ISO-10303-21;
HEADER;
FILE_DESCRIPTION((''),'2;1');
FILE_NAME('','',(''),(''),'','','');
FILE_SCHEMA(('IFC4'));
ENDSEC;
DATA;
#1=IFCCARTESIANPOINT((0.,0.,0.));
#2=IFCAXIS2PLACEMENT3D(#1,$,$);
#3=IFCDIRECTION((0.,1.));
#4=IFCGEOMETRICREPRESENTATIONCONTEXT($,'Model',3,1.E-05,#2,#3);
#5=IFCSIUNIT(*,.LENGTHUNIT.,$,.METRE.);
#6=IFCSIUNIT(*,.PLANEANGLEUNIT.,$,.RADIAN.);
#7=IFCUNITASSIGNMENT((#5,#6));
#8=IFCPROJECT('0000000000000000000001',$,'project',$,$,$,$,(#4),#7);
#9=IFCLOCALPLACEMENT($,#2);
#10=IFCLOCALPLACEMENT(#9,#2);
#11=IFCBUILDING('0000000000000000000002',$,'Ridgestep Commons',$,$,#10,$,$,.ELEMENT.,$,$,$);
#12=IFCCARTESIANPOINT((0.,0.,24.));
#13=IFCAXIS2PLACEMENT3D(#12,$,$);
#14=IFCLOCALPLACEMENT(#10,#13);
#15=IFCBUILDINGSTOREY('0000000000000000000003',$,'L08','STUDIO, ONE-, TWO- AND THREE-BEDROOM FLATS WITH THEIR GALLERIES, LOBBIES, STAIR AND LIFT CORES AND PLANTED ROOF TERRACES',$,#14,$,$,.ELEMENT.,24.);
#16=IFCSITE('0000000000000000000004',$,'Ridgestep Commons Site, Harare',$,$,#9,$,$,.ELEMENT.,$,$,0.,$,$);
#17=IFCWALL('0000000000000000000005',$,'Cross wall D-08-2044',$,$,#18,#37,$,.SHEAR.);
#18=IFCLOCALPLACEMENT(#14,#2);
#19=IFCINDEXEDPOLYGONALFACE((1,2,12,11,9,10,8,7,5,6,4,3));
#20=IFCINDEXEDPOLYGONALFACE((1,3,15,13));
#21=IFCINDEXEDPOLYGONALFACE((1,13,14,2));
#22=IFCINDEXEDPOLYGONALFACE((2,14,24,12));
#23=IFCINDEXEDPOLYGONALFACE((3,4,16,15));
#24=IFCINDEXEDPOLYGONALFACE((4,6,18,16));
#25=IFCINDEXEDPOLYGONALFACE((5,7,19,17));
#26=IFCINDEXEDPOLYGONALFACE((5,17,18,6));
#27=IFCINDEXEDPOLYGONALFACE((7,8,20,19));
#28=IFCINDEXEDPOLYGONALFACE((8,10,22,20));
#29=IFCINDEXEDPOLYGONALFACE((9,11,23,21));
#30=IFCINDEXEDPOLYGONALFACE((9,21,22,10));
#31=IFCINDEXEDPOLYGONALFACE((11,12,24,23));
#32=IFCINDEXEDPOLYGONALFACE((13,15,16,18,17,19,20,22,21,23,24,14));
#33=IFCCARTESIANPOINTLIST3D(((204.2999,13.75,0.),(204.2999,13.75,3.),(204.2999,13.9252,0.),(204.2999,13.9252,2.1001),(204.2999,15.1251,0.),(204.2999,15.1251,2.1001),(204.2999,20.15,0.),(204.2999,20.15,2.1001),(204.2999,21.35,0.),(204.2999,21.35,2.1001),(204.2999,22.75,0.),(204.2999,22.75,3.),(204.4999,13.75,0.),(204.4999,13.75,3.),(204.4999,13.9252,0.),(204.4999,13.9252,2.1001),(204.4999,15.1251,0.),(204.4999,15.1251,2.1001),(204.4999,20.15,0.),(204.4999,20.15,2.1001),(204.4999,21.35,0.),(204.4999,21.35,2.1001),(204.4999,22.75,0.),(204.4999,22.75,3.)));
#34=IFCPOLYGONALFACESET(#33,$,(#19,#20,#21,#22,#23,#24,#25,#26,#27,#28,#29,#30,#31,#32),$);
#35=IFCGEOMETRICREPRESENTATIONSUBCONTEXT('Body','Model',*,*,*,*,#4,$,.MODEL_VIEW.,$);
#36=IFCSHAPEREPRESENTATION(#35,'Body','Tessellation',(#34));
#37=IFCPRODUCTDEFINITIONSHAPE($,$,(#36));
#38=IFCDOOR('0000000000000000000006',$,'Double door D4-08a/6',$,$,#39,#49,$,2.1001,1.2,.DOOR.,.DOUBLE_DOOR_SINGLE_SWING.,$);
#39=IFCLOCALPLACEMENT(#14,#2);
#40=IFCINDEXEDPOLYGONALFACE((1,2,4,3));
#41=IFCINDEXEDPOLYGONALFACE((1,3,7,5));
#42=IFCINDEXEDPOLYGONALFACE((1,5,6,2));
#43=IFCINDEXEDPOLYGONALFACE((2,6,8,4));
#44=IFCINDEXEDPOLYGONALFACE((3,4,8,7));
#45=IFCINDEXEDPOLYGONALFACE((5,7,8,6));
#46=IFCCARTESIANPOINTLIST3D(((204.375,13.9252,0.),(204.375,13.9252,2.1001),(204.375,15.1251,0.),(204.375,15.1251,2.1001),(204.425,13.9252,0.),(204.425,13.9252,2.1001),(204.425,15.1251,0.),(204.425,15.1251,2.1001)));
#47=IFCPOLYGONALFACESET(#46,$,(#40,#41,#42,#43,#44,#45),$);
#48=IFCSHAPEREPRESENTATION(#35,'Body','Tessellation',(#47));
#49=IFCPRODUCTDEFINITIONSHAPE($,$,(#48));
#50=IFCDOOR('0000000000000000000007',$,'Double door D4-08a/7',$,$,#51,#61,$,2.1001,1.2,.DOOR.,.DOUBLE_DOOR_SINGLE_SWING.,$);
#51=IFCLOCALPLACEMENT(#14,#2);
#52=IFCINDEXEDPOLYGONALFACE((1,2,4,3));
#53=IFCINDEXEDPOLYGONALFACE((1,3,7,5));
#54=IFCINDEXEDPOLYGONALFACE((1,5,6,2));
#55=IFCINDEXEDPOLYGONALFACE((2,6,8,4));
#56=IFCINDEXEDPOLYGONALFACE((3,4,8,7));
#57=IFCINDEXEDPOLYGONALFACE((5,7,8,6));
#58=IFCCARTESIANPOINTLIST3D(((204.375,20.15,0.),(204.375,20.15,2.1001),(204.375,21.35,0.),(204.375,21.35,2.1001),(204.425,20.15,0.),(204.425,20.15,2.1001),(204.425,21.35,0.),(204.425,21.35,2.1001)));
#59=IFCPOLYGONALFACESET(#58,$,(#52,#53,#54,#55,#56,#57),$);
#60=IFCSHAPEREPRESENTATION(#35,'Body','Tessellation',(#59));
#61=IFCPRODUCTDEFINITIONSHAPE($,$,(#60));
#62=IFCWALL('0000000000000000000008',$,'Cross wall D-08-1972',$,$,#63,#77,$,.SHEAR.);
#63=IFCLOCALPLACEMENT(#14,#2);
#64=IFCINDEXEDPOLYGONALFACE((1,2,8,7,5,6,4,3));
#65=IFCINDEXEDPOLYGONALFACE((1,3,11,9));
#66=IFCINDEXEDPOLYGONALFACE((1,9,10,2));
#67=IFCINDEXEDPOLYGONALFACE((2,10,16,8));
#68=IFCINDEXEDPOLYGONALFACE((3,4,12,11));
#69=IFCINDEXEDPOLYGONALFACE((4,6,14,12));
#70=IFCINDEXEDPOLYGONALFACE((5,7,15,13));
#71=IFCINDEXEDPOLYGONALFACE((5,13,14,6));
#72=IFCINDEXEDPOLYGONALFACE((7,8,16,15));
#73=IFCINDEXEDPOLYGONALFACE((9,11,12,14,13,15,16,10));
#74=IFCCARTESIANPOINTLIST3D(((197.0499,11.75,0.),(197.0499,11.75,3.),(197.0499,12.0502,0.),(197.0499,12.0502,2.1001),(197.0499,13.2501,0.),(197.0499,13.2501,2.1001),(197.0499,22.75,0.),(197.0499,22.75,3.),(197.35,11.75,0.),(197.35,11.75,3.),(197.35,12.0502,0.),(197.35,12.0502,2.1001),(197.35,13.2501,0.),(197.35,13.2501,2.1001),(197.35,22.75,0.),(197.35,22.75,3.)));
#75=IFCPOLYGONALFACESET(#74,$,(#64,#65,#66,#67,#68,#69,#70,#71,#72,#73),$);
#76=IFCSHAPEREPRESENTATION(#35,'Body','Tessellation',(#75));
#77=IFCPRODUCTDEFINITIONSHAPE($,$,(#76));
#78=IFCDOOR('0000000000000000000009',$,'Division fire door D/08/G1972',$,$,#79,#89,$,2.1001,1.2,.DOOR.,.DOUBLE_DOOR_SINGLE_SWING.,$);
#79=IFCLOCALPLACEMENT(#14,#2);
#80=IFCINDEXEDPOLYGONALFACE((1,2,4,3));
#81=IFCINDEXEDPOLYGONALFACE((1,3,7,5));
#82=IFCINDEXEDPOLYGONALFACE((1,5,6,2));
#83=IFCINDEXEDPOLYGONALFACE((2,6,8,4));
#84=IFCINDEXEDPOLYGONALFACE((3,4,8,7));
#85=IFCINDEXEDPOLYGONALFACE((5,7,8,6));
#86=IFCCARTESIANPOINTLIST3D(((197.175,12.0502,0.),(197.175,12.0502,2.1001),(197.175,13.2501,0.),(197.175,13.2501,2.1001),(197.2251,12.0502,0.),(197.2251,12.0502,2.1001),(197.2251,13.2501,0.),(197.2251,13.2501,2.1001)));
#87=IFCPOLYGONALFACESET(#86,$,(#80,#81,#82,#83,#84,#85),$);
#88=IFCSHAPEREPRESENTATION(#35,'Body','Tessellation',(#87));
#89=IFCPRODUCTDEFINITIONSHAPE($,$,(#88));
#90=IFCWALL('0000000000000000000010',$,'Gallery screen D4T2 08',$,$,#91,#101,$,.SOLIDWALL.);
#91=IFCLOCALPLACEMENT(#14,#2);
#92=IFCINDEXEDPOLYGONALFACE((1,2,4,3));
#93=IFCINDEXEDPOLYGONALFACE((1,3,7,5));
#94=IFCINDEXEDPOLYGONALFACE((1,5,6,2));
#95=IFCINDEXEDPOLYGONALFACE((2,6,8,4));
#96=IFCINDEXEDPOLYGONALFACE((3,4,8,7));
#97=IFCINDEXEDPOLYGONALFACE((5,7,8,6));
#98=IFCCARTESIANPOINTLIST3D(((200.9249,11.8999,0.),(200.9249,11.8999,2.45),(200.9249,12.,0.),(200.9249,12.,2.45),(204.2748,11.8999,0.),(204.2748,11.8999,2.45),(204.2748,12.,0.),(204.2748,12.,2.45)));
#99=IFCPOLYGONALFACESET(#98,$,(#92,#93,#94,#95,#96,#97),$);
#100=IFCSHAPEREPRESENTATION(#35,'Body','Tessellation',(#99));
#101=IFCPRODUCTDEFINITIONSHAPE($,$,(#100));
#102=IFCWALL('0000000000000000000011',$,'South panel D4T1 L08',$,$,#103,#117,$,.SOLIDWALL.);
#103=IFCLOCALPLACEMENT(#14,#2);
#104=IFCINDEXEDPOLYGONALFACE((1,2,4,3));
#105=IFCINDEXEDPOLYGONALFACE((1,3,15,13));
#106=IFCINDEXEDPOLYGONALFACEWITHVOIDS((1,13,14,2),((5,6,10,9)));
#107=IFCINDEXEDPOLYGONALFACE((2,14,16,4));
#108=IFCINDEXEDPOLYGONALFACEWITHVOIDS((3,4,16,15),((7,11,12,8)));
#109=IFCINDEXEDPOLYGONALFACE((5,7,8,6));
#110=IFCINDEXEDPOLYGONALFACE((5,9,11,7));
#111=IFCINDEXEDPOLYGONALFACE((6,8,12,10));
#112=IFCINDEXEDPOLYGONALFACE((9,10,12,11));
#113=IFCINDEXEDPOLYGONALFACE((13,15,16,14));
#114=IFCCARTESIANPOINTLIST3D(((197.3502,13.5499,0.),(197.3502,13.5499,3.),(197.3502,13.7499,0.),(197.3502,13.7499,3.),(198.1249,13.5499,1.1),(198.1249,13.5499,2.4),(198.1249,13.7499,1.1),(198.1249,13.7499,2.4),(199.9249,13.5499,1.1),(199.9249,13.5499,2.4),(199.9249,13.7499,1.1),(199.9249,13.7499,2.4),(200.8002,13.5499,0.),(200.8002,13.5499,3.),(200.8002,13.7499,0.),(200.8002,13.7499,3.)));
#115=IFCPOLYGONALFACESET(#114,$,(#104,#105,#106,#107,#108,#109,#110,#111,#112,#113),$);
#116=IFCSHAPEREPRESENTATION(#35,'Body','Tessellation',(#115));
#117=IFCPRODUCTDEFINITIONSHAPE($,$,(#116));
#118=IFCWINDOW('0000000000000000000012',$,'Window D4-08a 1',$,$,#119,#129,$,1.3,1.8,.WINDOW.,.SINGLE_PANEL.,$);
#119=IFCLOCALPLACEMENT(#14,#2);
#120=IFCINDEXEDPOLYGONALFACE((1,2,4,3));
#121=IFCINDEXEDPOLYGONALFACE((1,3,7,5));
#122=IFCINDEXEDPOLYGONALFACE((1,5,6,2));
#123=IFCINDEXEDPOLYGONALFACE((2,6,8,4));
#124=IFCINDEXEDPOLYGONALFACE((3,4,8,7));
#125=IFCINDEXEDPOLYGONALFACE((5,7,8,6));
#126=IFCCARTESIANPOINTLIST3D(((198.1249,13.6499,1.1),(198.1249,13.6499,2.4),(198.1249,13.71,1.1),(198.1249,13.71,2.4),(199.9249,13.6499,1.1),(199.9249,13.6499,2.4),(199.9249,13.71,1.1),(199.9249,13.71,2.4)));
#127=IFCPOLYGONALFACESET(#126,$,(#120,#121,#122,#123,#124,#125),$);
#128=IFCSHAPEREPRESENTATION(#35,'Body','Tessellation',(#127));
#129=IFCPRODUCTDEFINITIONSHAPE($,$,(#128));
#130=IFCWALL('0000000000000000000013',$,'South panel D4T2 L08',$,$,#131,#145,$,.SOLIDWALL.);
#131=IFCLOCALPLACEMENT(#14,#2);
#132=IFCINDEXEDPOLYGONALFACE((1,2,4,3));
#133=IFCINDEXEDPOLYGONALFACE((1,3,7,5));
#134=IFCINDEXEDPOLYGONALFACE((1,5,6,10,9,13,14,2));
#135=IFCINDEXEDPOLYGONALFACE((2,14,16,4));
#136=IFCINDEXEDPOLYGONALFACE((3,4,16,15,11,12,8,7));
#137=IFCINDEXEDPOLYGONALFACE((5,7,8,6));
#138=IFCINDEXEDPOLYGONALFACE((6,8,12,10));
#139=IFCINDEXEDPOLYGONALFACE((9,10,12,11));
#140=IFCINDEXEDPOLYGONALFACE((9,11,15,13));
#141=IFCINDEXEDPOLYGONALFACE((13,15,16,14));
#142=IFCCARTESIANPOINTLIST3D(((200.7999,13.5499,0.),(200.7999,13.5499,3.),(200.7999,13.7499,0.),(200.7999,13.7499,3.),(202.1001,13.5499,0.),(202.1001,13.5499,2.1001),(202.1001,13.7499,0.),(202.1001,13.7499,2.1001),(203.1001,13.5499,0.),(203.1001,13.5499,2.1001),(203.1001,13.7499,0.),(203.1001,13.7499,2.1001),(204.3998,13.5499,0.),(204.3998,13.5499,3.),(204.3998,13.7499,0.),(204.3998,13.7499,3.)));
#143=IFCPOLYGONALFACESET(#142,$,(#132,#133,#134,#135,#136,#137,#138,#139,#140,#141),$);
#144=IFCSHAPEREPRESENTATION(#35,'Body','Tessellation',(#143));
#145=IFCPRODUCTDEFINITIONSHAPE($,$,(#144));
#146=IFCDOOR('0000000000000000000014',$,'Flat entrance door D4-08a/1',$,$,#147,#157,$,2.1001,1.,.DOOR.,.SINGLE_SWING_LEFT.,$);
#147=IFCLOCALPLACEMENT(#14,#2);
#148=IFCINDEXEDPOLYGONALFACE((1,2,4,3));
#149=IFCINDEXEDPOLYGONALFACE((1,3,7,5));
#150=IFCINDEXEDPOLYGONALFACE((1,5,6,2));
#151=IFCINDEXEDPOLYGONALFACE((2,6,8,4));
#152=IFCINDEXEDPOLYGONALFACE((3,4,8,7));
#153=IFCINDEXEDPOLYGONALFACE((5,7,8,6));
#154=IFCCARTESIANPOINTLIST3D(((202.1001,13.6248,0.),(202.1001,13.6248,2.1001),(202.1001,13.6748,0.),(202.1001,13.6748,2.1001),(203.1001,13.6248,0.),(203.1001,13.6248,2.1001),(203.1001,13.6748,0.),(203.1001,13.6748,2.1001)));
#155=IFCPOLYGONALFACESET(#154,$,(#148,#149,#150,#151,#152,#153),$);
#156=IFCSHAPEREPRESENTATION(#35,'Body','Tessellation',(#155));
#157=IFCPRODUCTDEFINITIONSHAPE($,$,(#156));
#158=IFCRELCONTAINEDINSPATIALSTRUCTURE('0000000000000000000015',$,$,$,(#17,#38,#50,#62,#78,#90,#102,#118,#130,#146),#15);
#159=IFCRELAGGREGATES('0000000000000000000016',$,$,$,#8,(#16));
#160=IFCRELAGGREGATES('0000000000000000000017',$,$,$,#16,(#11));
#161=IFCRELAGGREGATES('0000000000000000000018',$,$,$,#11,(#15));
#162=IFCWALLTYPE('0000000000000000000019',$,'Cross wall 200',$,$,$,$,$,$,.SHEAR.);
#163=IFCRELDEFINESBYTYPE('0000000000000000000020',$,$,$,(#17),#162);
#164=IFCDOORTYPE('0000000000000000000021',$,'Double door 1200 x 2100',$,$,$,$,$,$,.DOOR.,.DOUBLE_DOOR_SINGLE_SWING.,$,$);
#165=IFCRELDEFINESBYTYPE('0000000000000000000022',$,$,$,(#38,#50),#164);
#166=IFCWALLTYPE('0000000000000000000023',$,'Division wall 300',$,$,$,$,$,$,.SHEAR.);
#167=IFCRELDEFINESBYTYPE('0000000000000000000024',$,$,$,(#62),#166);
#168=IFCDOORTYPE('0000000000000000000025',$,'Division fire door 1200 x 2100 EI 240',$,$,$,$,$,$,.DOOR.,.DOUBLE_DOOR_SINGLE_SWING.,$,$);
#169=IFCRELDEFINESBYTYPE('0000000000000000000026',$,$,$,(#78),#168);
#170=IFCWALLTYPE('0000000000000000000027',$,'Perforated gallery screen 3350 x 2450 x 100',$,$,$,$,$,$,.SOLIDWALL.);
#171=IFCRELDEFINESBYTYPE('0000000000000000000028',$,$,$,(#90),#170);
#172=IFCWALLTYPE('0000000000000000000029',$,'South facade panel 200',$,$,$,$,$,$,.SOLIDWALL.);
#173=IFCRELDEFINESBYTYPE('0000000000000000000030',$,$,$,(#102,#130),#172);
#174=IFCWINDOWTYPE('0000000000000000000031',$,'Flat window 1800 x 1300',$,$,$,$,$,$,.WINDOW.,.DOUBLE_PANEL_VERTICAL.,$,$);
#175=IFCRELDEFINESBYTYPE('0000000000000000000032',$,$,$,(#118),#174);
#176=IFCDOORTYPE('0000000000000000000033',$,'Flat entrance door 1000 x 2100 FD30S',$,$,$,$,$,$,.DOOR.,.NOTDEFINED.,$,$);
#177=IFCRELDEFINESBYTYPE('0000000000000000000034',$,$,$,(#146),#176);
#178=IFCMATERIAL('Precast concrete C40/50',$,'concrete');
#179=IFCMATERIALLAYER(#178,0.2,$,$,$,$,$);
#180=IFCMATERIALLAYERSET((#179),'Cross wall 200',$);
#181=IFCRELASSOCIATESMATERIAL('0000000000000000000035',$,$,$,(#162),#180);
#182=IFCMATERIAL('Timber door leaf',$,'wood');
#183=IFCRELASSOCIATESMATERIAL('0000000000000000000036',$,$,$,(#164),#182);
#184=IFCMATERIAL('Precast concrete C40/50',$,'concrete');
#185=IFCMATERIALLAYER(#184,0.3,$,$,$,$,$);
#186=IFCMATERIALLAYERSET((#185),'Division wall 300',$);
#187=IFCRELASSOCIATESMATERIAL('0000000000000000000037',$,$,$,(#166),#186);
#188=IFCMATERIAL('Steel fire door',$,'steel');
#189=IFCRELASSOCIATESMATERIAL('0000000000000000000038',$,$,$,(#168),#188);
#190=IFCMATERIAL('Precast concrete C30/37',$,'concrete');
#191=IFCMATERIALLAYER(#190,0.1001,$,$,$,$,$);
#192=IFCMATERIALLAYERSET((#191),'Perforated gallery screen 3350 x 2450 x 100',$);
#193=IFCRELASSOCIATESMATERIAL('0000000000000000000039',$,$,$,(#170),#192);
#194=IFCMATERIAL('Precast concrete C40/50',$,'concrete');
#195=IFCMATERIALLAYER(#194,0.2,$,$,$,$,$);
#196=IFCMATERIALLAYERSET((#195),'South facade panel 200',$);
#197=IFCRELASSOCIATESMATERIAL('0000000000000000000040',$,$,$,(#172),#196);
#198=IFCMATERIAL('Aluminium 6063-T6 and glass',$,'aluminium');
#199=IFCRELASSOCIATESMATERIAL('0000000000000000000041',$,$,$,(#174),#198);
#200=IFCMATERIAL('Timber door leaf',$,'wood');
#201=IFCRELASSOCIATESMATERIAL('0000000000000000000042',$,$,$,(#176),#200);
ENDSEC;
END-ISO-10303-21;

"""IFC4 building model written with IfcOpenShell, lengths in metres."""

from ifc_helpers import new_model, si_unit, direction, frame, frame_2d, origin, place, context, subcontext, project, spatial, rectangle, extrude, material, layer, layer_set, type_object, element, fill, save


model = new_model("IFC4")

# Units and contexts
model_context = context("Model", 3, precision=1e-05, world=origin(), true_north=direction((0.0, 1.0)))
body_context = subcontext(model_context, "Body", "Model", "MODEL_VIEW")
ifc_project = project(units=[si_unit("LENGTHUNIT", "METRE"), si_unit("PLANEANGLEUNIT", "RADIAN")], contexts=[model_context])

# Site, building, storey
site_placement = place(None, origin())
site = spatial("IfcSite", under=ifc_project, at=site_placement, Name="Ridgestep Commons Site, Harare", CompositionType="ELEMENT", RefElevation=0.0)
building_placement = place(site_placement, origin())
building = spatial("IfcBuilding", under=site, at=building_placement, Name="Ridgestep Commons", CompositionType="ELEMENT")
storey_placement = place(building_placement, frame((0.0, 0.0, 24.0)))
storey = spatial("IfcBuildingStorey", under=building, at=storey_placement, Name="L08", Description="STUDIO, ONE-, TWO- AND THREE-BEDROOM FLATS WITH THEIR GALLERIES, LOBBIES, STAIR AND LIFT CORES AND PLANTED ROOF TERRACES", CompositionType="ELEMENT", Elevation=24.0)

# Wall, openings, doors
ifc_material_1 = material(Name="Precast concrete C40/50", Category="concrete")
ifc_layer_1 = layer(ifc_material_1, 0.2)
ifc_layer_set_1 = layer_set([ifc_layer_1], Name="Cross wall 200")
wall_type_1 = type_object("IfcWallType", Name="Cross wall 200", PredefinedType="SHEAR", material=ifc_layer_set_1)
ifc_material_2 = material(Name="Timber door leaf", Category="wood")
door_type_1 = type_object("IfcDoorType", Name="Double door 1200 x 2100", OperationType="DOUBLE_DOOR_SINGLE_SWING", PredefinedType="DOOR", material=ifc_material_2)
wall_1_placement = place(storey_placement, frame((204.3999, 13.75, 0.0), z_axis=(0.0, 0.0, 1.0), x_axis=(0.0, 1.0, 0.0)))
wall_1 = element("IfcWall", 1, at=wall_1_placement, inside=storey, type_object=wall_type_1, Name="Cross wall D-08-2044", PredefinedType="SHEAR", context=body_context, shape_type="SweptSolid", body=[
    extrude(rectangle(XDim=9.0, YDim=0.2, at=frame_2d((4.5, 0.0))), origin(), (0.0, 0.0, 1.0), 3.0),
])
opening_1_placement = place(wall_1_placement, frame((0.175, 0.0, 0.0)))
opening_1 = element("IfcOpeningElement", 2, at=opening_1_placement, cuts=wall_1, PredefinedType="OPENING", context=body_context, shape_type="SweptSolid", body=[
    extrude(rectangle(XDim=1.2, YDim=2.1001, at=frame_2d((0.6001, 1.05))), frame((0.0, 0.1099, 0.0), z_axis=(0.0, -1.0, 0.0), x_axis=(1.0, 0.0, 0.0)), (0.0, 0.0, 1.0), 0.22),
])
opening_2_placement = place(wall_1_placement, frame((6.3999, 0.0, 0.0)))
opening_2 = element("IfcOpeningElement", 3, at=opening_2_placement, cuts=wall_1, PredefinedType="OPENING", context=body_context, shape_type="SweptSolid", body=[
    extrude(rectangle(XDim=1.2, YDim=2.1001, at=frame_2d((0.6001, 1.05))), frame((0.0, 0.1099, 0.0), z_axis=(0.0, -1.0, 0.0), x_axis=(1.0, 0.0, 0.0)), (0.0, 0.0, 1.0), 0.22),
])
door_1_placement = place(opening_1_placement, origin())
door_1 = element("IfcDoor", 4, at=door_1_placement, inside=storey, type_object=door_type_1, Name="Double door D4-08a/6", OperationType="DOUBLE_DOOR_SINGLE_SWING", OverallHeight=2.1001, OverallWidth=1.2, PredefinedType="DOOR", context=body_context, shape_type="SweptSolid", body=[
    extrude(rectangle(XDim=1.2, YDim=2.1001, at=frame_2d((0.6001, 1.05))), frame((0.0, 0.0249, 0.0), z_axis=(0.0, -1.0, 0.0), x_axis=(1.0, 0.0, 0.0)), (0.0, 0.0, 1.0), 0.05),
])
fill(opening_1, door_1)
door_2_placement = place(opening_2_placement, origin())
door_2 = element("IfcDoor", 5, at=door_2_placement, inside=storey, type_object=door_type_1, Name="Double door D4-08a/7", OperationType="DOUBLE_DOOR_SINGLE_SWING", OverallHeight=2.1001, OverallWidth=1.2, PredefinedType="DOOR", context=body_context, shape_type="SweptSolid", body=[
    extrude(rectangle(XDim=1.2, YDim=2.1001, at=frame_2d((0.6001, 1.05))), frame((0.0, 0.0249, 0.0), z_axis=(0.0, -1.0, 0.0), x_axis=(1.0, 0.0, 0.0)), (0.0, 0.0, 1.0), 0.05),
])
fill(opening_2, door_2)

# Wall, opening, door
ifc_material_3 = material(Name="Precast concrete C40/50", Category="concrete")
ifc_layer_2 = layer(ifc_material_3, 0.3)
ifc_layer_set_2 = layer_set([ifc_layer_2], Name="Division wall 300")
wall_type_2 = type_object("IfcWallType", Name="Division wall 300", PredefinedType="SHEAR", material=ifc_layer_set_2)
wall_2_placement = place(storey_placement, frame((197.2, 11.75, 0.0), z_axis=(0.0, 0.0, 1.0), x_axis=(0.0, 1.0, 0.0)))
wall_2 = element("IfcWall", 6, at=wall_2_placement, inside=storey, type_object=wall_type_2, Name="Cross wall D-08-1972", PredefinedType="SHEAR", context=body_context, shape_type="SweptSolid", body=[
    extrude(rectangle(XDim=11.0, YDim=0.3, at=frame_2d((5.5, 0.0))), origin(), (0.0, 0.0, 1.0), 3.0),
])
opening_3_placement = place(wall_2_placement, frame((0.3, 0.0, 0.0)))
opening_3 = element("IfcOpeningElement", 7, at=opening_3_placement, cuts=wall_2, PredefinedType="OPENING", context=body_context, shape_type="SweptSolid", body=[
    extrude(rectangle(XDim=1.2, YDim=2.1001, at=frame_2d((0.6001, 1.05))), frame((0.0, 0.1599, 0.0), z_axis=(0.0, -1.0, 0.0), x_axis=(1.0, 0.0, 0.0)), (0.0, 0.0, 1.0), 0.3201),
])
ifc_material_4 = material(Name="Steel fire door", Category="steel")
door_type_2 = type_object("IfcDoorType", Name="Division fire door 1200 x 2100 EI 240", OperationType="DOUBLE_DOOR_SINGLE_SWING", PredefinedType="DOOR", material=ifc_material_4)
door_3_placement = place(opening_3_placement, origin())
door_3 = element("IfcDoor", 8, at=door_3_placement, inside=storey, type_object=door_type_2, Name="Division fire door D/08/G1972", OperationType="DOUBLE_DOOR_SINGLE_SWING", OverallHeight=2.1001, OverallWidth=1.2, PredefinedType="DOOR", context=body_context, shape_type="SweptSolid", body=[
    extrude(rectangle(XDim=1.2, YDim=2.1001, at=frame_2d((0.6001, 1.05))), frame((0.0, 0.0249, 0.0), z_axis=(0.0, -1.0, 0.0), x_axis=(1.0, 0.0, 0.0)), (0.0, 0.0, 1.0), 0.05),
])
fill(opening_3, door_3)

# Wall
ifc_material_5 = material(Name="Precast concrete C30/37", Category="concrete")
ifc_layer_3 = layer(ifc_material_5, 0.1001)
ifc_layer_set_3 = layer_set([ifc_layer_3], Name="Perforated gallery screen 3350 x 2450 x 100")
wall_type_3 = type_object("IfcWallType", Name="Perforated gallery screen 3350 x 2450 x 100", PredefinedType="SOLIDWALL", material=ifc_layer_set_3)
wall_3_placement = place(storey_placement, frame((200.925, 11.95, 0.0), z_axis=(0.0, 0.0, 1.0), x_axis=(1.0, 0.0, 0.0)))
element("IfcWall", 9, at=wall_3_placement, inside=storey, type_object=wall_type_3, Name="Gallery screen D4T2 08", PredefinedType="SOLIDWALL", context=body_context, shape_type="SweptSolid", body=[
    extrude(rectangle(XDim=3.3499, YDim=0.1001, at=frame_2d((1.6748, 0.0))), origin(), (0.0, 0.0, 1.0), 2.45),
])

# Wall, opening, window
ifc_material_6 = material(Name="Precast concrete C40/50", Category="concrete")
ifc_layer_4 = layer(ifc_material_6, 0.2)
ifc_layer_set_4 = layer_set([ifc_layer_4], Name="South facade panel 200")
wall_type_4 = type_object("IfcWallType", Name="South facade panel 200", PredefinedType="SOLIDWALL", material=ifc_layer_set_4)
wall_4_placement = place(storey_placement, frame((197.3501, 13.6499, 0.0), z_axis=(0.0, 0.0, 1.0), x_axis=(1.0, 0.0, 0.0)))
wall_4 = element("IfcWall", 10, at=wall_4_placement, inside=storey, type_object=wall_type_4, Name="South panel D4T1 L08", PredefinedType="SOLIDWALL", context=body_context, shape_type="SweptSolid", body=[
    extrude(rectangle(XDim=3.45, YDim=0.2, at=frame_2d((1.7251, 0.0))), origin(), (0.0, 0.0, 1.0), 3.0),
])
opening_4_placement = place(wall_4_placement, frame((0.7749, 0.0, 1.1001)))
opening_4 = element("IfcOpeningElement", 11, at=opening_4_placement, cuts=wall_4, PredefinedType="OPENING", context=body_context, shape_type="SweptSolid", body=[
    extrude(rectangle(XDim=1.8, YDim=1.3, at=frame_2d((0.8999, 0.6499))), frame((0.0, 0.1099, 0.0), z_axis=(0.0, -1.0, 0.0), x_axis=(1.0, 0.0, 0.0)), (0.0, 0.0, 1.0), 0.22),
])
ifc_material_7 = material(Name="Aluminium 6063-T6 and glass", Category="aluminium")
window_type = type_object("IfcWindowType", Name="Flat window 1800 x 1300", PartitioningType="DOUBLE_PANEL_VERTICAL", PredefinedType="WINDOW", material=ifc_material_7)
window_1_placement = place(opening_4_placement, origin())
window_1 = element("IfcWindow", 12, at=window_1_placement, inside=storey, type_object=window_type, Name="Window D4-08a 1", OverallHeight=1.3, OverallWidth=1.8, PartitioningType="SINGLE_PANEL", PredefinedType="WINDOW", context=body_context, shape_type="SweptSolid", body=[
    extrude(rectangle(XDim=1.8, YDim=1.3, at=frame_2d((0.8999, 0.6499))), frame((0.0, 0.0601, 0.0), z_axis=(0.0, -1.0, 0.0), x_axis=(1.0, 0.0, 0.0)), (0.0, 0.0, 1.0), 0.0601),
])
fill(opening_4, window_1)

# Wall, opening, door
wall_5_placement = place(storey_placement, frame((200.8, 13.6499, 0.0), z_axis=(0.0, 0.0, 1.0), x_axis=(1.0, 0.0, 0.0)))
wall_5 = element("IfcWall", 13, at=wall_5_placement, inside=storey, type_object=wall_type_4, Name="South panel D4T2 L08", PredefinedType="SOLIDWALL", context=body_context, shape_type="SweptSolid", body=[
    extrude(rectangle(XDim=3.5999, YDim=0.2, at=frame_2d((1.7998, 0.0))), origin(), (0.0, 0.0, 1.0), 3.0),
])
opening_5_placement = place(wall_5_placement, frame((1.3, 0.0, 0.0)))
opening_5 = element("IfcOpeningElement", 14, at=opening_5_placement, cuts=wall_5, PredefinedType="OPENING", context=body_context, shape_type="SweptSolid", body=[
    extrude(rectangle(XDim=1.0, YDim=2.1001, at=frame_2d((0.5, 1.05))), frame((0.0, 0.1099, 0.0), z_axis=(0.0, -1.0, 0.0), x_axis=(1.0, 0.0, 0.0)), (0.0, 0.0, 1.0), 0.22),
])
ifc_material_8 = material(Name="Timber door leaf", Category="wood")
door_type_3 = type_object("IfcDoorType", Name="Flat entrance door 1000 x 2100 FD30S", OperationType="NOTDEFINED", PredefinedType="DOOR", material=ifc_material_8)
door_4_placement = place(opening_5_placement, origin())
door_4 = element("IfcDoor", 15, at=door_4_placement, inside=storey, type_object=door_type_3, Name="Flat entrance door D4-08a/1", OperationType="SINGLE_SWING_LEFT", OverallHeight=2.1001, OverallWidth=1.0, PredefinedType="DOOR", context=body_context, shape_type="SweptSolid", body=[
    extrude(rectangle(XDim=1.0, YDim=2.1001, at=frame_2d((0.5, 1.05))), frame((0.0, 0.0249, 0.0), z_axis=(0.0, -1.0, 0.0), x_axis=(1.0, 0.0, 0.0)), (0.0, 0.0, 1.0), 0.05),
])
fill(opening_5, door_4)

save(model, "model.ifc")
